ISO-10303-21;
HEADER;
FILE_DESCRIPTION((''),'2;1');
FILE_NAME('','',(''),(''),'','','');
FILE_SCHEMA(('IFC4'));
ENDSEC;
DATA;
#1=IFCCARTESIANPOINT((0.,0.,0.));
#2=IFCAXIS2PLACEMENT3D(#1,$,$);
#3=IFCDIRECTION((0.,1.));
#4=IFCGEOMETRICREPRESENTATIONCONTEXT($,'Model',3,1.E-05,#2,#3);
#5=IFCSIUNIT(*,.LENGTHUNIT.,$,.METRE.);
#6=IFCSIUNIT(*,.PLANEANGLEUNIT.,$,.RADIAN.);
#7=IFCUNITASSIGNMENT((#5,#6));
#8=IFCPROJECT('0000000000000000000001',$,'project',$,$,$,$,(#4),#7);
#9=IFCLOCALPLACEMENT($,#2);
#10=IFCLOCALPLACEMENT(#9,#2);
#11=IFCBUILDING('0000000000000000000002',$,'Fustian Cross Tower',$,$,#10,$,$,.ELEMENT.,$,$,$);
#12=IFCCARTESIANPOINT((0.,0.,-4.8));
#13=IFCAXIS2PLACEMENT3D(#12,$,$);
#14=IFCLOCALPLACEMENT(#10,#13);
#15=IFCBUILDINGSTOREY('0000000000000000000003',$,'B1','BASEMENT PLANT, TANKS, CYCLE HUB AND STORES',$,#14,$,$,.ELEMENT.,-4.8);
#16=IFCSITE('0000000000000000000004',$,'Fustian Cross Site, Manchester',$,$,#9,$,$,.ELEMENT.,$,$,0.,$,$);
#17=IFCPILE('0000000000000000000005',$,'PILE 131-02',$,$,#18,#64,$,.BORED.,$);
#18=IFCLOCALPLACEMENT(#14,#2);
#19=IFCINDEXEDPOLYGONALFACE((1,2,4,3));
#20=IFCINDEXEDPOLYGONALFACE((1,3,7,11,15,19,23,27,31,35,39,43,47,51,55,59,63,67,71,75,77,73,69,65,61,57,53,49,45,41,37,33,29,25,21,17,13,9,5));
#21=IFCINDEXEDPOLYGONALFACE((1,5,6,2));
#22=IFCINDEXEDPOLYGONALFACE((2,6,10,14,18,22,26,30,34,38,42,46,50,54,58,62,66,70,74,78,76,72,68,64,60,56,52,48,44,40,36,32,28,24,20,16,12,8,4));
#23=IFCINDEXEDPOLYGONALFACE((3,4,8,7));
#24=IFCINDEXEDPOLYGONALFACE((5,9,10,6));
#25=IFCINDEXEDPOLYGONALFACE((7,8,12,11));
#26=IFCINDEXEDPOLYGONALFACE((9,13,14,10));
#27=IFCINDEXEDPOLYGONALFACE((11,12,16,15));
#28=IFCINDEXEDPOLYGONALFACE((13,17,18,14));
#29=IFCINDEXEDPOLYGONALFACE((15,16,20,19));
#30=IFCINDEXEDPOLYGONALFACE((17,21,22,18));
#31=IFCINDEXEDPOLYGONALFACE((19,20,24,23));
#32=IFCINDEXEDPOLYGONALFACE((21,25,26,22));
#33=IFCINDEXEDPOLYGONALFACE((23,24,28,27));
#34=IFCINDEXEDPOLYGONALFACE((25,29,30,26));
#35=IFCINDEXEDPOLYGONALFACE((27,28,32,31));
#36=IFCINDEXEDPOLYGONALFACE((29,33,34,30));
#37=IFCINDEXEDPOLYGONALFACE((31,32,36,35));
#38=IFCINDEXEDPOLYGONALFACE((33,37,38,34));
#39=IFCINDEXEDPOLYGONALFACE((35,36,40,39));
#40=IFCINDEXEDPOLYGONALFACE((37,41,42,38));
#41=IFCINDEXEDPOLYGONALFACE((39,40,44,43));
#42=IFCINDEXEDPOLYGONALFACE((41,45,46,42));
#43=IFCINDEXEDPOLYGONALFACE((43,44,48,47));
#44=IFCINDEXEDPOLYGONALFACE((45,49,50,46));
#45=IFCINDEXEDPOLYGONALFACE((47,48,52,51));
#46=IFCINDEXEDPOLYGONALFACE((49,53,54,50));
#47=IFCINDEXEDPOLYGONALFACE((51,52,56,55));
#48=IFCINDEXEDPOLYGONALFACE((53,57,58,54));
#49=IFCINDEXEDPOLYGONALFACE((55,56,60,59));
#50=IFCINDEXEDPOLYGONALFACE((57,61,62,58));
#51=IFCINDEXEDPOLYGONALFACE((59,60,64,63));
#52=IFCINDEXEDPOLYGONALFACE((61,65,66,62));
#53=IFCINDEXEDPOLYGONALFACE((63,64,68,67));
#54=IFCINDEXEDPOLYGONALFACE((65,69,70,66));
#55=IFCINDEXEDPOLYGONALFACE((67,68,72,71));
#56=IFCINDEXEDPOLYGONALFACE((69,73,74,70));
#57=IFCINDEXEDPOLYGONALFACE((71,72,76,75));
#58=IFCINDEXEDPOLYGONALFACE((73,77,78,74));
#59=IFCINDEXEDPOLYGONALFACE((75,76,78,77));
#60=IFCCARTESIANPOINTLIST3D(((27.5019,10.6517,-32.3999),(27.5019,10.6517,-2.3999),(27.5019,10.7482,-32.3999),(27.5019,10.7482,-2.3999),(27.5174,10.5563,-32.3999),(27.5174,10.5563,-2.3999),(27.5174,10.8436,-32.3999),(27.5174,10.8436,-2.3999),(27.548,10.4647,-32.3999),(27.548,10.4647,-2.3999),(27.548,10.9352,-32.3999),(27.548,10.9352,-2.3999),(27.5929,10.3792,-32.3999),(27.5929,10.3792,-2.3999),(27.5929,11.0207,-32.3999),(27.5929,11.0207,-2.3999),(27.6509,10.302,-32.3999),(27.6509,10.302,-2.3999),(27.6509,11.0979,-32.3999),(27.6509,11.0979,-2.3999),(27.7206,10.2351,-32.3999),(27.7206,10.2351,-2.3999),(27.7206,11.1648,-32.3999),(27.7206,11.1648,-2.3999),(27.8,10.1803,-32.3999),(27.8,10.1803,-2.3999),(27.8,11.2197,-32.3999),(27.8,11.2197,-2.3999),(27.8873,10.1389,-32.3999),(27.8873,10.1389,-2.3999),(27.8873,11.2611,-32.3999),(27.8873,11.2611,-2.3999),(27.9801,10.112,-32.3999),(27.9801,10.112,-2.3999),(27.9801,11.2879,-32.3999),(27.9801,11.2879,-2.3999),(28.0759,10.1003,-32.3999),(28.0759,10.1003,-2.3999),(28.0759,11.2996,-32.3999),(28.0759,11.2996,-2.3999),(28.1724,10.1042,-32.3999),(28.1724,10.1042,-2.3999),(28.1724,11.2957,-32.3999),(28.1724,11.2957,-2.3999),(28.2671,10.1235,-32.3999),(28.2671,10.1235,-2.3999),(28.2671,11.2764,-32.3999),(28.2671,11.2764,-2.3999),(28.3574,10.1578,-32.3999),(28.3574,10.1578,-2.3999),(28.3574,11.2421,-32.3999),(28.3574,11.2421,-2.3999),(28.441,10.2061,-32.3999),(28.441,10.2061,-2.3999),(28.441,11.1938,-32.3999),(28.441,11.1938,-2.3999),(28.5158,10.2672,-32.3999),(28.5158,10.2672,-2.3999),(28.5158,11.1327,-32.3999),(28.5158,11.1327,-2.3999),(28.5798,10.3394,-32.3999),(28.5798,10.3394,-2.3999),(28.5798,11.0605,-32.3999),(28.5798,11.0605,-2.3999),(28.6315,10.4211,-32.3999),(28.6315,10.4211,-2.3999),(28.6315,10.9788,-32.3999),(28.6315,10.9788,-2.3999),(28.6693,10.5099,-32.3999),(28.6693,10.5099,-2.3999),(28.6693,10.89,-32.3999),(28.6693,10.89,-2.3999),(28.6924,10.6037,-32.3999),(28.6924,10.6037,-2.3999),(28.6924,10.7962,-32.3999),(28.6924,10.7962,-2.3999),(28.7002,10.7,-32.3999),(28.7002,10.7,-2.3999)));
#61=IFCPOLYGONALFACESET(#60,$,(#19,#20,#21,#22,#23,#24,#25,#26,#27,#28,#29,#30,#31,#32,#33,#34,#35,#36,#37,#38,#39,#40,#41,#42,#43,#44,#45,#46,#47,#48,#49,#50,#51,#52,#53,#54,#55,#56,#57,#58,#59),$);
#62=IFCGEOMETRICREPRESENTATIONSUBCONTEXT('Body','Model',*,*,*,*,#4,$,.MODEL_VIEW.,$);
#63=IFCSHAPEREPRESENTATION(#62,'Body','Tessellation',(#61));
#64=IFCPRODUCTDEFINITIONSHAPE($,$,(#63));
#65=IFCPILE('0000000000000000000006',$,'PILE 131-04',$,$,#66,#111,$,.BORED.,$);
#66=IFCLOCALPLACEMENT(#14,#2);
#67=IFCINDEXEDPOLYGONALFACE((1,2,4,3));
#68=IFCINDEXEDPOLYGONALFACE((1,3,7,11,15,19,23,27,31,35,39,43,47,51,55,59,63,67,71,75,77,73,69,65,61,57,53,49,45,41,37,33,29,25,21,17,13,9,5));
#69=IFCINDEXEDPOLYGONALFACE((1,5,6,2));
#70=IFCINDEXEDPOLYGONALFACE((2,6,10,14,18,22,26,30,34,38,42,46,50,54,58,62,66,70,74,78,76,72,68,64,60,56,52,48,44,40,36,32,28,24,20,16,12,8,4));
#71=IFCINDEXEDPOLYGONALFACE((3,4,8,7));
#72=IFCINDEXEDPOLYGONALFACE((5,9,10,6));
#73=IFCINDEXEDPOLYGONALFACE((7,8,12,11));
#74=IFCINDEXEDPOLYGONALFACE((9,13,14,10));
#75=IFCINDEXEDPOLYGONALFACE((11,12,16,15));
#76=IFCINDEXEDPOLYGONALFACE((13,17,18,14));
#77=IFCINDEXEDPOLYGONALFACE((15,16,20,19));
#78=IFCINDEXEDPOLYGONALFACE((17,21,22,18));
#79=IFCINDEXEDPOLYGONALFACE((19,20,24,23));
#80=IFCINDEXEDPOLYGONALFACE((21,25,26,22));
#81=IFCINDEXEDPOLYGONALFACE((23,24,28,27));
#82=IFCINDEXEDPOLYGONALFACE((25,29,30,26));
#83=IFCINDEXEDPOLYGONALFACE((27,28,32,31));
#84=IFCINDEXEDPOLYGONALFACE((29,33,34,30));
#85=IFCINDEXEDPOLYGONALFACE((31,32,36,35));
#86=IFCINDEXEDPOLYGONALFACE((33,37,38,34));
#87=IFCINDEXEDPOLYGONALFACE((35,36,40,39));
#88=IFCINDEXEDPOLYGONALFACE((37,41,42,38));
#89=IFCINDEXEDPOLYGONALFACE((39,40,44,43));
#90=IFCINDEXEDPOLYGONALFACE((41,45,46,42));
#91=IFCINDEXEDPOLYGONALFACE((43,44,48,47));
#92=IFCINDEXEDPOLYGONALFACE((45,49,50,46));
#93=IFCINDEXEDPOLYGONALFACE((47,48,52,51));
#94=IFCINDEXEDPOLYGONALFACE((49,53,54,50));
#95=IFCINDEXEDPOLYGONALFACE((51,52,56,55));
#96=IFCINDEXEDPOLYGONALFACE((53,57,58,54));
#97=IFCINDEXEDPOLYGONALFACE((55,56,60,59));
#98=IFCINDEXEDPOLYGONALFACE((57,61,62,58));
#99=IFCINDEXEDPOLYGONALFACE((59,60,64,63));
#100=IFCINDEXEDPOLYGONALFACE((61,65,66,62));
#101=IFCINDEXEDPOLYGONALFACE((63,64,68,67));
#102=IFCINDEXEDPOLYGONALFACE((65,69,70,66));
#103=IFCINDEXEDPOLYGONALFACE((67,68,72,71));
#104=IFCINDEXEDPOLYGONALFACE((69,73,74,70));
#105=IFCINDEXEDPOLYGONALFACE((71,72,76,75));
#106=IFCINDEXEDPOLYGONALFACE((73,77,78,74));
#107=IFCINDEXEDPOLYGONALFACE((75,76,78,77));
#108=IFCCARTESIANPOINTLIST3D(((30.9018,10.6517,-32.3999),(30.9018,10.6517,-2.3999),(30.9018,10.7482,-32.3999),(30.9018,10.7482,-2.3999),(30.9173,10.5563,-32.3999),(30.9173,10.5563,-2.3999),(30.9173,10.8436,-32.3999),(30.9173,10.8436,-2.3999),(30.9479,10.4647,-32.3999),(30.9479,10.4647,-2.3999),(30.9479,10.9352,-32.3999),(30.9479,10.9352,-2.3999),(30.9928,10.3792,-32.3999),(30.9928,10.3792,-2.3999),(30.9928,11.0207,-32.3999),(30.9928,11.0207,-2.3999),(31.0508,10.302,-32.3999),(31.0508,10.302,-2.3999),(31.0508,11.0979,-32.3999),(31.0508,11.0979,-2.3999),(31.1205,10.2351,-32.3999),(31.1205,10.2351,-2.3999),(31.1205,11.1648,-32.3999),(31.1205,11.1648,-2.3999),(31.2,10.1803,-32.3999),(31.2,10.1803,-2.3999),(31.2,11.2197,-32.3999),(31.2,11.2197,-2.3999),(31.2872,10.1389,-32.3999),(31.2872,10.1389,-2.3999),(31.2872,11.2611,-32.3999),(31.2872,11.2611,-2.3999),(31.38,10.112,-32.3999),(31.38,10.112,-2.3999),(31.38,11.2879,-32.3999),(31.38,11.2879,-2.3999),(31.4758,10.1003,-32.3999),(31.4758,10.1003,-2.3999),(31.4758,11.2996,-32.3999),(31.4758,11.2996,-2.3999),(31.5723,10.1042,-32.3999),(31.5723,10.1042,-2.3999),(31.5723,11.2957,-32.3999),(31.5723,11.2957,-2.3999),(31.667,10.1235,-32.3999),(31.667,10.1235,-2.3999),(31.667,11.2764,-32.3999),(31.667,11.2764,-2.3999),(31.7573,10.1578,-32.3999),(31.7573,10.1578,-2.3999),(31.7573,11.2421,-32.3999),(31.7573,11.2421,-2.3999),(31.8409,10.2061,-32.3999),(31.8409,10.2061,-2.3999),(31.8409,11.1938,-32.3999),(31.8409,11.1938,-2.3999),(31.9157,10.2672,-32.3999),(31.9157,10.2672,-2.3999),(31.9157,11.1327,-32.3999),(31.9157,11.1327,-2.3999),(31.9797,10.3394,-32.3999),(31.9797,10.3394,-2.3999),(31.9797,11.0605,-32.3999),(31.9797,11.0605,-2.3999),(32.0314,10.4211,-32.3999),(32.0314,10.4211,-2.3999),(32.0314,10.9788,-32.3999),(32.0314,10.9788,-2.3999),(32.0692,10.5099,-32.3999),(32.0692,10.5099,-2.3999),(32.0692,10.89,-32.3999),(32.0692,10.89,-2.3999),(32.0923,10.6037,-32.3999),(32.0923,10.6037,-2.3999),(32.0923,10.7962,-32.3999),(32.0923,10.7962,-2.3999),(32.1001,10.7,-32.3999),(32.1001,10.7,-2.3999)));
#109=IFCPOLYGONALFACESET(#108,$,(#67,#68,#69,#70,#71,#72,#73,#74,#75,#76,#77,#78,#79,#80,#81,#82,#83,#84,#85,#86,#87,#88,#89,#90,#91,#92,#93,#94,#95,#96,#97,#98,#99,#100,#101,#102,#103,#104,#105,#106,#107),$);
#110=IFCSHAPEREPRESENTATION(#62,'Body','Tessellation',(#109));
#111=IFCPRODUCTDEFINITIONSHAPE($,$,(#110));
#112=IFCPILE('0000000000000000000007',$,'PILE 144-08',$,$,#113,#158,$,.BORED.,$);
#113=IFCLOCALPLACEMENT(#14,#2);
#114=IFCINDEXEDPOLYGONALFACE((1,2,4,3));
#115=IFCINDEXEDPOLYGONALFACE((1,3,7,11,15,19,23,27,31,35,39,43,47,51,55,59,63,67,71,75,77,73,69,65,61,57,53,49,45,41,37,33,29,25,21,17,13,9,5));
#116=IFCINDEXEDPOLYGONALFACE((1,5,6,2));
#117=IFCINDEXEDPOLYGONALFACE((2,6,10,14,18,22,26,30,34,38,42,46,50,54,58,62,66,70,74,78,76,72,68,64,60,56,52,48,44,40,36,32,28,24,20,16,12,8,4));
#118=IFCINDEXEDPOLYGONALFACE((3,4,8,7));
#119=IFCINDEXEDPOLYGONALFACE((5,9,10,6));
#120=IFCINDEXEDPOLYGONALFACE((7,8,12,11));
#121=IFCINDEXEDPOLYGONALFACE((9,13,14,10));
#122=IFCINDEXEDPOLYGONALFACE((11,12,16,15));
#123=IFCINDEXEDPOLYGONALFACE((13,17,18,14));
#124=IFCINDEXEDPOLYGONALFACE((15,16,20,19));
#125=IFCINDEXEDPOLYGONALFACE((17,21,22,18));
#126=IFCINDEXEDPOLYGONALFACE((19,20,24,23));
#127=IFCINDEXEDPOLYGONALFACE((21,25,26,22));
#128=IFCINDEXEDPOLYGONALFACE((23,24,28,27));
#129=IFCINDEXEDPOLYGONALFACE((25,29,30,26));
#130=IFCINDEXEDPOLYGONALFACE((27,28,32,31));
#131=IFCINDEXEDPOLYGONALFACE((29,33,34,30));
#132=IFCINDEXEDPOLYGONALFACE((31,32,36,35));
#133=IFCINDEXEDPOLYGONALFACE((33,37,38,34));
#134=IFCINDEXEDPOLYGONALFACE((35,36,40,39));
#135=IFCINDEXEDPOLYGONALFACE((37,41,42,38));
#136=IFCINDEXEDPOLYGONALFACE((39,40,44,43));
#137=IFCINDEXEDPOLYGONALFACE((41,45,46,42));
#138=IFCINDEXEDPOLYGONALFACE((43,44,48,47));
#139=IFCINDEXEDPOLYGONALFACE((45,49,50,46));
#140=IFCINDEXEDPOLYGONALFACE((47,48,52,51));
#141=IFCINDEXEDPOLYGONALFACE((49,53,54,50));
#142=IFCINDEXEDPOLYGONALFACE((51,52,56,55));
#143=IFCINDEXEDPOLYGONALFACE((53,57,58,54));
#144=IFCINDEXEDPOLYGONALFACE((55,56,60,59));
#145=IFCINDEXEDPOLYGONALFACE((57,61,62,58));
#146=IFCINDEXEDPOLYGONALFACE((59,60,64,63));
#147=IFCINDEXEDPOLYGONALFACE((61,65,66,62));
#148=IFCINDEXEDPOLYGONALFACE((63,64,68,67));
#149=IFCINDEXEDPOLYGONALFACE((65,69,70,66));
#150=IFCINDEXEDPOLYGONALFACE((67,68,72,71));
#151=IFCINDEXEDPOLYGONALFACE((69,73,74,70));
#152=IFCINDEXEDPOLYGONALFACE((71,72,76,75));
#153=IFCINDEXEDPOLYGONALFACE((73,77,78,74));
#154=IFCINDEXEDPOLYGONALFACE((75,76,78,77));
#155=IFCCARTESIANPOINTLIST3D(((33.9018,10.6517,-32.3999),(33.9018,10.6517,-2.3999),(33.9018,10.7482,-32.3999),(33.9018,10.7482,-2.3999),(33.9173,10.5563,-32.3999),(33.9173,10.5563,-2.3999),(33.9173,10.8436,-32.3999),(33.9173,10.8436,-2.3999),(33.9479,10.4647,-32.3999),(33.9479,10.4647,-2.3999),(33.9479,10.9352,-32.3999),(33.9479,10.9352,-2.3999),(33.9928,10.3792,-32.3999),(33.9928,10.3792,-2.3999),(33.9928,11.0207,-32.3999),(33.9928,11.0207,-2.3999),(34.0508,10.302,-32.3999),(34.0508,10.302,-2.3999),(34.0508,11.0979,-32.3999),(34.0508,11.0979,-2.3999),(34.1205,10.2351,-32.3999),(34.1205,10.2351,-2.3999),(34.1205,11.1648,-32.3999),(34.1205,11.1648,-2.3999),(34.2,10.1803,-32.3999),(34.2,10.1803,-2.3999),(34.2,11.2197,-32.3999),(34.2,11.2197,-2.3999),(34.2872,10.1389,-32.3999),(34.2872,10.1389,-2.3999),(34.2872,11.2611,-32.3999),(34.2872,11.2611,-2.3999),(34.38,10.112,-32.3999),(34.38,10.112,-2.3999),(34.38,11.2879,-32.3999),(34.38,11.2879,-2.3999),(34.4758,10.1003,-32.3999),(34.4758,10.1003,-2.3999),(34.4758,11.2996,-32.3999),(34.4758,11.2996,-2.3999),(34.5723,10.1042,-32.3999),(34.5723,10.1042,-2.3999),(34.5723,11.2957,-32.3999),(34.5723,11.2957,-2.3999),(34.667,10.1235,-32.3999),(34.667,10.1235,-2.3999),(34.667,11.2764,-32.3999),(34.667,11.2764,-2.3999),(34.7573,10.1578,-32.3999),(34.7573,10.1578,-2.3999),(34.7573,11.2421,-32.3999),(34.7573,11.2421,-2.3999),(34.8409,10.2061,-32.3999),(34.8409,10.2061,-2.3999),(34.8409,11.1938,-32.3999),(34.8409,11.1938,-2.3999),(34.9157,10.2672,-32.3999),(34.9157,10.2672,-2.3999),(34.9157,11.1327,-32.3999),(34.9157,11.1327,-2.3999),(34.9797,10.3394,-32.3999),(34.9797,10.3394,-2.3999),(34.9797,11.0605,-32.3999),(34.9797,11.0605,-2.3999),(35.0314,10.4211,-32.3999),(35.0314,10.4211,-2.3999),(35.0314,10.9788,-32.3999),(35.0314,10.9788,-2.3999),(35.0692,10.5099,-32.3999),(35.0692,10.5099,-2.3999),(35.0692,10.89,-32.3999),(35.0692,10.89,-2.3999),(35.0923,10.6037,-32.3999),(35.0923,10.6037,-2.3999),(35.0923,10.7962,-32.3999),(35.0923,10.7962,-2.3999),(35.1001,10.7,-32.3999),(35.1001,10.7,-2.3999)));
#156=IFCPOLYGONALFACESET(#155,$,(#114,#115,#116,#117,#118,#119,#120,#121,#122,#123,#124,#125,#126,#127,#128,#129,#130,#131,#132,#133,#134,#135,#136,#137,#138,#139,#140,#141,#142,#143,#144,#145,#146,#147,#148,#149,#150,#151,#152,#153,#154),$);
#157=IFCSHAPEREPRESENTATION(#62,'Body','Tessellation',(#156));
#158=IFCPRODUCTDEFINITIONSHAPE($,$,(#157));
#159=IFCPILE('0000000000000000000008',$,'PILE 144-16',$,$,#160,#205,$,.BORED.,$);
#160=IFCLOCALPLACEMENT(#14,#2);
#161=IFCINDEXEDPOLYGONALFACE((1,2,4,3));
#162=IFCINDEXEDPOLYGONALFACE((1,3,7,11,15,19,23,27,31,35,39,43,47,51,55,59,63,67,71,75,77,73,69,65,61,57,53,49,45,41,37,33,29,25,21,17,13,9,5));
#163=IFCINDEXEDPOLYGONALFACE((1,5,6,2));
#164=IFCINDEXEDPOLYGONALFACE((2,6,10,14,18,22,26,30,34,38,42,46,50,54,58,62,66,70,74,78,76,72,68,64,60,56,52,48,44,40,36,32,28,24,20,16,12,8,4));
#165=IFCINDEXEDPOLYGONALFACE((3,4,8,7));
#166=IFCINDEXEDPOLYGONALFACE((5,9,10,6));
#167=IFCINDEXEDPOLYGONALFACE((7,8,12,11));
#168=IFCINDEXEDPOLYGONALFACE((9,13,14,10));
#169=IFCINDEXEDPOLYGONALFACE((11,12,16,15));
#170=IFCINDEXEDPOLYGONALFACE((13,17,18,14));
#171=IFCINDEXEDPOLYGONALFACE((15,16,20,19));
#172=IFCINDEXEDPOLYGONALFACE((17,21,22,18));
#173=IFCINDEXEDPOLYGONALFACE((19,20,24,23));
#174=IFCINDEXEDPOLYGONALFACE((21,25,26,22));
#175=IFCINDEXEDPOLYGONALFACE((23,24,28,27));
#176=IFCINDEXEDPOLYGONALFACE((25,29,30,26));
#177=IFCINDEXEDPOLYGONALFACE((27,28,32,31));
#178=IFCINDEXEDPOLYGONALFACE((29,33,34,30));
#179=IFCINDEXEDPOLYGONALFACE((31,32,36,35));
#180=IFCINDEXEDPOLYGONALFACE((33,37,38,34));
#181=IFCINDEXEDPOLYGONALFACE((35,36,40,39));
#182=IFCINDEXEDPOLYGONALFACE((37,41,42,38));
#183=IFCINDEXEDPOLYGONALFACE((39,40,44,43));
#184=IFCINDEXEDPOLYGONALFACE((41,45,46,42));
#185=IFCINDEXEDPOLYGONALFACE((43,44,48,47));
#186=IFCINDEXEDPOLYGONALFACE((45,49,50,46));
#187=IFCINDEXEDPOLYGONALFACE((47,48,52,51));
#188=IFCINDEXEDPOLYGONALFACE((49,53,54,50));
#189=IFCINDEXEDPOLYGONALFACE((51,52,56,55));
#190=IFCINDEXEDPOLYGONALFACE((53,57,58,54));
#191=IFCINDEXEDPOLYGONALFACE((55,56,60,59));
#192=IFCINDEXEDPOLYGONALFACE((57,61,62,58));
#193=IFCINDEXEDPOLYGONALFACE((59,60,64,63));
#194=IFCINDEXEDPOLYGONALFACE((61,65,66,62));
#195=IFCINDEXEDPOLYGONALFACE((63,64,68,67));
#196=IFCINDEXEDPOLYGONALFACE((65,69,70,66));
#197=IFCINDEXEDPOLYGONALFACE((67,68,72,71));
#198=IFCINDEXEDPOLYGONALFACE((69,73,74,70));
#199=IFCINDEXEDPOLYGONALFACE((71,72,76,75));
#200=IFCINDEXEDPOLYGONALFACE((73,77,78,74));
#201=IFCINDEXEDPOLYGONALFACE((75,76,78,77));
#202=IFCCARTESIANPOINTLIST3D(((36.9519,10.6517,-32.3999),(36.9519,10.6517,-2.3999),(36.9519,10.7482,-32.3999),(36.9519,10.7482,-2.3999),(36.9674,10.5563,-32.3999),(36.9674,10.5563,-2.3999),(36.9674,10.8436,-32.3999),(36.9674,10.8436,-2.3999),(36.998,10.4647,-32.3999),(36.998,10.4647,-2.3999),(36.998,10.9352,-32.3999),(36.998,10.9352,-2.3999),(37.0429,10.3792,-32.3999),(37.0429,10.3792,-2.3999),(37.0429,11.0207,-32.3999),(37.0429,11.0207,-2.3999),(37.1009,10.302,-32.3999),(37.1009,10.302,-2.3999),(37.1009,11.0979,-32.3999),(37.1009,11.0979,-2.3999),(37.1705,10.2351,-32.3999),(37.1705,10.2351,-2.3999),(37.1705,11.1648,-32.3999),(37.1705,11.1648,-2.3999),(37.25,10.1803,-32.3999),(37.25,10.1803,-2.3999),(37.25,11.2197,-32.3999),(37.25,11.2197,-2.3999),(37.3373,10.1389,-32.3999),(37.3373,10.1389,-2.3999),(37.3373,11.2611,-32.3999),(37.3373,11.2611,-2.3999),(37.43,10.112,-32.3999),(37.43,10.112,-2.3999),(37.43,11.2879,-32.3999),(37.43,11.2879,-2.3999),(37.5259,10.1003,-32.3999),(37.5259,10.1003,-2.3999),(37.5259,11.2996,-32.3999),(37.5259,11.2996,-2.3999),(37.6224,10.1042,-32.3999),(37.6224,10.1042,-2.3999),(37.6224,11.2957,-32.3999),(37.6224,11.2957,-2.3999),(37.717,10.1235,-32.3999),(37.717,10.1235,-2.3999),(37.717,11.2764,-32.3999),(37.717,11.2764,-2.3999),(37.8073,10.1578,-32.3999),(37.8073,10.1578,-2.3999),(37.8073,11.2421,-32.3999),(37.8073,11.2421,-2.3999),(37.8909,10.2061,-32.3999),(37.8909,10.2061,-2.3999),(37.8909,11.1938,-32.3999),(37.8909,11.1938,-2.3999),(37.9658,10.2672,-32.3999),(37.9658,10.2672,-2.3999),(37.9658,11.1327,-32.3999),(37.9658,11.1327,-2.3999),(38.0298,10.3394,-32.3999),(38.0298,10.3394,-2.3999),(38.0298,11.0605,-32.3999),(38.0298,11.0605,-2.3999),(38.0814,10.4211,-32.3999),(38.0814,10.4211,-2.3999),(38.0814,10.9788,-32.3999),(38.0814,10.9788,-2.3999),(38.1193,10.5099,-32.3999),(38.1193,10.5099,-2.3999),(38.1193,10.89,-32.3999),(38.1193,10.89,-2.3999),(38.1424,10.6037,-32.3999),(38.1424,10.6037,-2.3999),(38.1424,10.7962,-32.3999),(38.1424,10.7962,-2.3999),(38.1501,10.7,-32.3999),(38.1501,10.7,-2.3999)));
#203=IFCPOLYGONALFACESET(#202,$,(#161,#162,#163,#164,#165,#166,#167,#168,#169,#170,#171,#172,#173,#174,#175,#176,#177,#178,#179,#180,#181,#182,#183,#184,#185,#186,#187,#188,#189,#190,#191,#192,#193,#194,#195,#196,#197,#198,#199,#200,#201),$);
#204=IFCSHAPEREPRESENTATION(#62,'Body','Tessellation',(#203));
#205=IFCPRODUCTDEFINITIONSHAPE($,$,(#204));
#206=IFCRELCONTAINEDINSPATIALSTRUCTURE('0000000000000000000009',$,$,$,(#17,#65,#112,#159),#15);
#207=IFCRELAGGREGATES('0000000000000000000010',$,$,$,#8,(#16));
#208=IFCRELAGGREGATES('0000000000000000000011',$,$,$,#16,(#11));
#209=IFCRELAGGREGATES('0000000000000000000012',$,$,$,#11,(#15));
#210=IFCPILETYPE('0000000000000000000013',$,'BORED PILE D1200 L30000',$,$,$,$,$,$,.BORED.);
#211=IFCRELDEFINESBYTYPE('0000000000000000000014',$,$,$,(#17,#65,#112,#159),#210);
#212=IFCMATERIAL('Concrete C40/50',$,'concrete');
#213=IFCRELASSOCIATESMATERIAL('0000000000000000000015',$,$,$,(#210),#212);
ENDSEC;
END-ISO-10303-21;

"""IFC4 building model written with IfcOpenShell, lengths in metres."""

from ifc_helpers import new_model, si_unit, direction, frame, origin, origin_2d, place, context, subcontext, project, spatial, circle, extrude, material, material_profile, profile_set, type_object, element, save


model = new_model("IFC4")

# Units and contexts
model_context = context("Model", 3, precision=1e-05, world=origin(), true_north=direction((0.0, 1.0)))
body_context = subcontext(model_context, "Body", "Model", "MODEL_VIEW")
ifc_project = project(units=[si_unit("LENGTHUNIT", "METRE"), si_unit("PLANEANGLEUNIT", "RADIAN")], contexts=[model_context])

# Site, building, storey
site_placement = place(None, origin())
site = spatial("IfcSite", under=ifc_project, at=site_placement, Name="Fustian Cross Site, Manchester", CompositionType="ELEMENT", RefElevation=0.0)
building_placement = place(site_placement, origin())
building = spatial("IfcBuilding", under=site, at=building_placement, Name="Fustian Cross Tower", CompositionType="ELEMENT")
storey_placement = place(building_placement, frame((0.0, 0.0, -4.8)))
storey = spatial("IfcBuildingStorey", under=building, at=storey_placement, Name="B1", Description="BASEMENT PLANT, TANKS, CYCLE HUB AND STORES", CompositionType="ELEMENT", Elevation=-4.8)

# Piles
ifc_material_1 = material(Name="Concrete C40/50", Category="concrete")
ifc_material_profile_1 = material_profile(ifc_material_1, circle(Radius=0.6001, at=origin_2d()), Name="BORED PILE D1200 L30000")
ifc_profile_set_1 = profile_set([ifc_material_profile_1], Name="Concrete C40/50")
pile_type_1 = type_object("IfcPileType", Name="BORED PILE D1200 L30000", PredefinedType="BORED", material=ifc_profile_set_1)
for number, where, z_axis, x_axis, name in (
    (1, (28.1001, 10.7, -2.3999), (0.0, 0.0, -1.0), (1.0, 0.0, 0.0), "PILE 131-02"),
    (2, (31.5, 10.7, -2.3999), (0.0, 0.0, -1.0), (1.0, 0.0, 0.0), "PILE 131-04"),
    (3, (34.5, 10.7, -2.3999), (0.0, 0.0, -1.0), (1.0, 0.0, 0.0), "PILE 144-08"),
    (4, (37.55, 10.7, -2.3999), (0.0, 0.0, -1.0), (1.0, 0.0, 0.0), "PILE 144-16"),
):
    element("IfcPile", number, at=place(storey_placement, frame(where, z_axis=z_axis, x_axis=x_axis)), inside=storey, type_object=pile_type_1, Name=name, PredefinedType="BORED", context=body_context, shape_type="SweptSolid", body=[
        extrude(circle(Radius=0.6001, at=origin_2d()), origin(), (0.0, 0.0, 1.0), 30.0),
    ])

save(model, "model.ifc")
